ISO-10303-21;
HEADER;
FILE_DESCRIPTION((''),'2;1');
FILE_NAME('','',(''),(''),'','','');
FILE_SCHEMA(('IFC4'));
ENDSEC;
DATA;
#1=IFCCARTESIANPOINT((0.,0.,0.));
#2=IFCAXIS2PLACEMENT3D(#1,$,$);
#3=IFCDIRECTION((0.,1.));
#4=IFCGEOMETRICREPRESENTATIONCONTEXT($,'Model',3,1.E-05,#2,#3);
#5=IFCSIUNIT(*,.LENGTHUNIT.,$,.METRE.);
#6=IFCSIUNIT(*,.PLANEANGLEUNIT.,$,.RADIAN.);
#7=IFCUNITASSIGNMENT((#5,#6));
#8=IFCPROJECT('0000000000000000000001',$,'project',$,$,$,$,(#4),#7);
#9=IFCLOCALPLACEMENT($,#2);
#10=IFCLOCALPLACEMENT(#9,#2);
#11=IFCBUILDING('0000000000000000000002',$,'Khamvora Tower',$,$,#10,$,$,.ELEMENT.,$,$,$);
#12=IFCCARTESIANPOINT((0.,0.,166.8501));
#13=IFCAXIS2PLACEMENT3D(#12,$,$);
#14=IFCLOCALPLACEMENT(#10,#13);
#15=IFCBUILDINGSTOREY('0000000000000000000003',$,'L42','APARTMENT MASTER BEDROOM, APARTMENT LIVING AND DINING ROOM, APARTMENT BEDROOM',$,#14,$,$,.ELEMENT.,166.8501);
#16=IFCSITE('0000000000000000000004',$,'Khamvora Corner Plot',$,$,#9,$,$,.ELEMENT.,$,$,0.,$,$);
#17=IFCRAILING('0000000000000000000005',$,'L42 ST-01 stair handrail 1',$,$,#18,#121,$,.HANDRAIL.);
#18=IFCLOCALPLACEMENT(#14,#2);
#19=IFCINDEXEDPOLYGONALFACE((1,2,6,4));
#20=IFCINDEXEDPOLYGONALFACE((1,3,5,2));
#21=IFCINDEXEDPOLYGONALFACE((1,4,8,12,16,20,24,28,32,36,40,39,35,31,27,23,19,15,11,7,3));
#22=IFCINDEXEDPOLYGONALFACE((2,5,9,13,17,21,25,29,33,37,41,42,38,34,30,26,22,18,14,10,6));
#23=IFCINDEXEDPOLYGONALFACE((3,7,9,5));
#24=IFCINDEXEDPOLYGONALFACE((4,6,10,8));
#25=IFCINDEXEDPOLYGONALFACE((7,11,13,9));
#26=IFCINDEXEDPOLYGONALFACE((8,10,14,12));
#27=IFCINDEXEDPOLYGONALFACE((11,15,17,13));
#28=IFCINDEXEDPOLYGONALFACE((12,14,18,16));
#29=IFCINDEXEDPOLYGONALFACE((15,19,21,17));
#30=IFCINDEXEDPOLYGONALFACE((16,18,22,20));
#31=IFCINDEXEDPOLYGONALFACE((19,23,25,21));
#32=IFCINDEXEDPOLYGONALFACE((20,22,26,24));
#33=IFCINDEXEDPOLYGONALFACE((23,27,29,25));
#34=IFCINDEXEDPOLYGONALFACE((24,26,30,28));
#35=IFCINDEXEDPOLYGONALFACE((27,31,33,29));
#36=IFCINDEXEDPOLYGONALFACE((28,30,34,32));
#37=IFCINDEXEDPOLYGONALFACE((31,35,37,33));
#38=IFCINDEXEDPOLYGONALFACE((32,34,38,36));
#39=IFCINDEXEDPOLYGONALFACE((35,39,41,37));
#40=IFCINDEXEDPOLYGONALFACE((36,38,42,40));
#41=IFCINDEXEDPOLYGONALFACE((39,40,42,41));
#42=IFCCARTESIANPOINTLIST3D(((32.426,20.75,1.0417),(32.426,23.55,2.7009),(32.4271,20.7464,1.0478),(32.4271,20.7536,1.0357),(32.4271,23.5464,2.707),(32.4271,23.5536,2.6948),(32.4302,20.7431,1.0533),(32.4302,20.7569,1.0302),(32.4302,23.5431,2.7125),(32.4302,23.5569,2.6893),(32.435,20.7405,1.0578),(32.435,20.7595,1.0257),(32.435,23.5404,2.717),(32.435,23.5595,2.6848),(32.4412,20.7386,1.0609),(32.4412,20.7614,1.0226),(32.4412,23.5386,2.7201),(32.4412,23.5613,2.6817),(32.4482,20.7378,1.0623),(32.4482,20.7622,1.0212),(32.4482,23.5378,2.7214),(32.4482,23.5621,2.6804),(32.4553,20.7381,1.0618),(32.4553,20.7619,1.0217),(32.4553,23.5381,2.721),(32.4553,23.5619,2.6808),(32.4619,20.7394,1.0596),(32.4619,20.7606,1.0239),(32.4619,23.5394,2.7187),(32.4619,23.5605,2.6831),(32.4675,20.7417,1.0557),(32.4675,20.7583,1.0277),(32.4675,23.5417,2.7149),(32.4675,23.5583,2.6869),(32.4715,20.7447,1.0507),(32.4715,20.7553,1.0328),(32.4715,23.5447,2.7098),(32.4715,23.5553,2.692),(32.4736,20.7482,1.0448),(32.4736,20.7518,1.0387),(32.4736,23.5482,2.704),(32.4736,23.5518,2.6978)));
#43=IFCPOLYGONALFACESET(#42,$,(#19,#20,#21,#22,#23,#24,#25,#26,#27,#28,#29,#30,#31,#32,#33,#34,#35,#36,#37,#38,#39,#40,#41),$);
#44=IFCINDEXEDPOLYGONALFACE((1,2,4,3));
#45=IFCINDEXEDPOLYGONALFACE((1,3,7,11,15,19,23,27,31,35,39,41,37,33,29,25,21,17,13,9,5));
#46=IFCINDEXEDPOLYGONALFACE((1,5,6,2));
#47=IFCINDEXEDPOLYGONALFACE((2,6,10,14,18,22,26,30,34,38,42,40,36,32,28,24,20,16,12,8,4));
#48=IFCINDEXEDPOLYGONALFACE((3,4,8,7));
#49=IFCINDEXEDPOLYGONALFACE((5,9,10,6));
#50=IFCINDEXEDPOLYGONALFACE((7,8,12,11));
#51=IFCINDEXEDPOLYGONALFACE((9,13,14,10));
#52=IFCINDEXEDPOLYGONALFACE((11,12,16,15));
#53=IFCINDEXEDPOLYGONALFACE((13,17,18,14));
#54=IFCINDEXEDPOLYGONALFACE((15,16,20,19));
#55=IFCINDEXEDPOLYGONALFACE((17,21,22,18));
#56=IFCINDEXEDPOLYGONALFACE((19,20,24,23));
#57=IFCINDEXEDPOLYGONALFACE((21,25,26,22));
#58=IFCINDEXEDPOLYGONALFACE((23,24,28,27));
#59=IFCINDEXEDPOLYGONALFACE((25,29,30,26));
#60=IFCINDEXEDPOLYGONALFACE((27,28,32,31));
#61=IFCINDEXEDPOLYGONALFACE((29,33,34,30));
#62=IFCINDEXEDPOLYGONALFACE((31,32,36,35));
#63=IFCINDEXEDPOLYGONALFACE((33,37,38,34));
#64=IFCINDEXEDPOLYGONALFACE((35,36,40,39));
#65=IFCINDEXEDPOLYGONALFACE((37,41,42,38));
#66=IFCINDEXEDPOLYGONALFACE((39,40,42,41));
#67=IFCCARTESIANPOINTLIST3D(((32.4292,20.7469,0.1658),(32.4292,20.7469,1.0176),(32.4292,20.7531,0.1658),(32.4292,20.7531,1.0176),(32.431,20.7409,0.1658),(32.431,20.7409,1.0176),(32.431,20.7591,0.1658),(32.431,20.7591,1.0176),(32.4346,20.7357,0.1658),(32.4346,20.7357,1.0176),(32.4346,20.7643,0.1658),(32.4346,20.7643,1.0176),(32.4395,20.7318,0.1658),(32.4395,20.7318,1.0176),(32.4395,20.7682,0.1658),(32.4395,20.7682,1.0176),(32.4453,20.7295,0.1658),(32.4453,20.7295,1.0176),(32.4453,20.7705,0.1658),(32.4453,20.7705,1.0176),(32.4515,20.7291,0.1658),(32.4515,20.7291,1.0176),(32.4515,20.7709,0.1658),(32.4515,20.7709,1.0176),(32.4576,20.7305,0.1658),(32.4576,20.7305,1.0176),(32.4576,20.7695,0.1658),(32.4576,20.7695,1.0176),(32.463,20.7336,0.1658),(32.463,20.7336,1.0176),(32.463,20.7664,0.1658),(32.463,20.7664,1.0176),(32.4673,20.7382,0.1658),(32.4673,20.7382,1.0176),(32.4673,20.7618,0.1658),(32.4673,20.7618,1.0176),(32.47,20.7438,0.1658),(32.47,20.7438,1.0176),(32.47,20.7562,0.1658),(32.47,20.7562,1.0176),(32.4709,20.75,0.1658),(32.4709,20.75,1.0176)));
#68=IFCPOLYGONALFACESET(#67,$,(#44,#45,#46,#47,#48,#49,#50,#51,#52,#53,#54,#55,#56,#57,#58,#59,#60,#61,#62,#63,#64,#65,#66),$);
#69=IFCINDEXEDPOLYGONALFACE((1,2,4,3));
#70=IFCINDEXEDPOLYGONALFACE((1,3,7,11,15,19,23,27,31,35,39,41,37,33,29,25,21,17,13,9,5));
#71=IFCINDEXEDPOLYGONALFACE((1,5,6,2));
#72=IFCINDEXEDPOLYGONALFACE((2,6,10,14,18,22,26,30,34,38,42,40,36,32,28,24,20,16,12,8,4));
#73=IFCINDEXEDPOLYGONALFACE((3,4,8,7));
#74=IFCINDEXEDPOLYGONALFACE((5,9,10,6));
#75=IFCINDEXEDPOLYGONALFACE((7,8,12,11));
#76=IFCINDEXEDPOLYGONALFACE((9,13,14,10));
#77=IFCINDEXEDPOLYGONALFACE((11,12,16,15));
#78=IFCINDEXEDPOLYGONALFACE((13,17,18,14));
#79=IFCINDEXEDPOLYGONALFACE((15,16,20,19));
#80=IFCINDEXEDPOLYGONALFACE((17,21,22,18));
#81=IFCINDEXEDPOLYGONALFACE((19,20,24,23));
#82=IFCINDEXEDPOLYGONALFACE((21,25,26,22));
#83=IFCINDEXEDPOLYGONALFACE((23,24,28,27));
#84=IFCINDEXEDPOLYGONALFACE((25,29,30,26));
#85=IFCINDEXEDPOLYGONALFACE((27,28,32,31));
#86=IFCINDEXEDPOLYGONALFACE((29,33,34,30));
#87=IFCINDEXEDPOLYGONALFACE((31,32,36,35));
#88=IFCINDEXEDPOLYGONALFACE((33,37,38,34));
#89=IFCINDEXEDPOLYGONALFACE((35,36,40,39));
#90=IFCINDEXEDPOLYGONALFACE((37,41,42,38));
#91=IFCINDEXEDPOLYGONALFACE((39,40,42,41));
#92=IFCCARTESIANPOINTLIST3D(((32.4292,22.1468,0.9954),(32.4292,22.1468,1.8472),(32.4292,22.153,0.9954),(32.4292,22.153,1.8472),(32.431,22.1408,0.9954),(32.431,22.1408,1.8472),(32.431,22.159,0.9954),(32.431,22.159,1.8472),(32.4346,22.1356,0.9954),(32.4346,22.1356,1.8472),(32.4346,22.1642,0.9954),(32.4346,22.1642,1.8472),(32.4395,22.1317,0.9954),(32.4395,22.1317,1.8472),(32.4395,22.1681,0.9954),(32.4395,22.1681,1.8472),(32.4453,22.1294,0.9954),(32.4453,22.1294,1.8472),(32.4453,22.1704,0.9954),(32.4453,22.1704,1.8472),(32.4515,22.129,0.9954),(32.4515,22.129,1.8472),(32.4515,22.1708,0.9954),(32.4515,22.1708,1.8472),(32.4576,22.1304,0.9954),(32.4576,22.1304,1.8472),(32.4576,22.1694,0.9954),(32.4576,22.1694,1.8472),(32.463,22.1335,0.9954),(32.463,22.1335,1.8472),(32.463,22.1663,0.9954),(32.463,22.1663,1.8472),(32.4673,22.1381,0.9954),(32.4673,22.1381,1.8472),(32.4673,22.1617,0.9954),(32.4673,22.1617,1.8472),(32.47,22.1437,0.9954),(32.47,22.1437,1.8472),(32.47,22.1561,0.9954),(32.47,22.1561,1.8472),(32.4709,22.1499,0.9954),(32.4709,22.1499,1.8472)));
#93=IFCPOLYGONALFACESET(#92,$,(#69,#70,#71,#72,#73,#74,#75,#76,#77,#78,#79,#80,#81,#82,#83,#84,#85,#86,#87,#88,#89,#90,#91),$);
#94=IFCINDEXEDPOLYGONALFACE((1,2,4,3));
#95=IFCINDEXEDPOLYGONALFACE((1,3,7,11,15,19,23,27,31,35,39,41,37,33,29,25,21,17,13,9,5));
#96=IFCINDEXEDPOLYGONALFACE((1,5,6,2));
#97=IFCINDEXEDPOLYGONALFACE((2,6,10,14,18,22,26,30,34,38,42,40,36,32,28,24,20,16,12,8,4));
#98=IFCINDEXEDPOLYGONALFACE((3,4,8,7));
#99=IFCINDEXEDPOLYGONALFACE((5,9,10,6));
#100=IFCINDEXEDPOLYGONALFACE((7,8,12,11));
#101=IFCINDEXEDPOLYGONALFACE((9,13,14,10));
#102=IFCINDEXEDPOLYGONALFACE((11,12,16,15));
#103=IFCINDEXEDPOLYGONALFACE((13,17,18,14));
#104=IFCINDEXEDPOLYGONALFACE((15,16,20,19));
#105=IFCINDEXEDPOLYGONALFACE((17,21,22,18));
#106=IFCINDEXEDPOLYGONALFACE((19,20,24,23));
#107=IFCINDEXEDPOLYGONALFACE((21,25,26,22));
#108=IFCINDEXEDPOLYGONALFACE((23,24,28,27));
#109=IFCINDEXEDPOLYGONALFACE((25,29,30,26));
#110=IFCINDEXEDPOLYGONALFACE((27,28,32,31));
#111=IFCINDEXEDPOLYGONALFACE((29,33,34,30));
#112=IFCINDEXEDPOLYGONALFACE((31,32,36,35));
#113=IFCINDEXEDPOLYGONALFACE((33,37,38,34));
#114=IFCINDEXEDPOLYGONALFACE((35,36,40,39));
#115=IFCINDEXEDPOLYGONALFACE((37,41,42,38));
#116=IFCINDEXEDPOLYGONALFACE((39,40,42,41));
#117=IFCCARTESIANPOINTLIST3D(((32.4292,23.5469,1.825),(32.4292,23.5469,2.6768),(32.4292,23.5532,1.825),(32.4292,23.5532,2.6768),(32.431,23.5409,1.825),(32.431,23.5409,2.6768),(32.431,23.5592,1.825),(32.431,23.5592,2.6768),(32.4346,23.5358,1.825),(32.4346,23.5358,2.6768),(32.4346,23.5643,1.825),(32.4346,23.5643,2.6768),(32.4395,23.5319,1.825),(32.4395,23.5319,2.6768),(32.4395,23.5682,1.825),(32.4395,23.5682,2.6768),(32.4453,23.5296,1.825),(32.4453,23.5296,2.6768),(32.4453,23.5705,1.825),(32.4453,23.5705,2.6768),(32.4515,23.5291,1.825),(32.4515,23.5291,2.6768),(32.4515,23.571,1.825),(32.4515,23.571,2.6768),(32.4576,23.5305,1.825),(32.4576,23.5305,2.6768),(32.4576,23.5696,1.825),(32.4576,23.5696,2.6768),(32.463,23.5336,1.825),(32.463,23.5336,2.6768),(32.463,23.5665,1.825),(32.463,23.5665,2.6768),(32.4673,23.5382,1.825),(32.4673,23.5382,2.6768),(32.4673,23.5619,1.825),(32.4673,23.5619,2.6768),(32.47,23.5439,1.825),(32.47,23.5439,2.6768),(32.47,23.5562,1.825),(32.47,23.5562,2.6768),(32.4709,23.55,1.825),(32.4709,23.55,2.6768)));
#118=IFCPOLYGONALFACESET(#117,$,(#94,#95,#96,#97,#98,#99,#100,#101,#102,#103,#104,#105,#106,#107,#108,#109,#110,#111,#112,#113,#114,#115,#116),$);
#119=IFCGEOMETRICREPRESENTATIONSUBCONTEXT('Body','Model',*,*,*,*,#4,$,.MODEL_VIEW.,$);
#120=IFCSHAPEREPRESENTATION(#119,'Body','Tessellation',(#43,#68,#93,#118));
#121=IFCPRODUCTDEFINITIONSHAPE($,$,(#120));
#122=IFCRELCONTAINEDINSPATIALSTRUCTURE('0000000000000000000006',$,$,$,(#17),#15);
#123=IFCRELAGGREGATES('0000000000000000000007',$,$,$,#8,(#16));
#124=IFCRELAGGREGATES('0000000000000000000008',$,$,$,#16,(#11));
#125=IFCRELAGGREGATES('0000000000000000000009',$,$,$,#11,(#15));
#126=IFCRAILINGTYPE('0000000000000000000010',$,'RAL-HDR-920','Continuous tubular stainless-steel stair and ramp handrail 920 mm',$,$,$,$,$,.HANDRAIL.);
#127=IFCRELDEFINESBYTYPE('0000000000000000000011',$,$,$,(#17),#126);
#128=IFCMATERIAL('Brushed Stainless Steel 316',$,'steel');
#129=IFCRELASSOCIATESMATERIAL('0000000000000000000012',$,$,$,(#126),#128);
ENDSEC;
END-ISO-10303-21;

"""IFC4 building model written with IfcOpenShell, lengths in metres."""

from ifc_helpers import new_model, si_unit, direction, frame, origin, origin_2d, place, context, subcontext, project, spatial, circle, extrude, material, type_object, element, save


model = new_model("IFC4")

# Units and contexts
model_context = context("Model", 3, precision=1e-05, world=origin(), true_north=direction((0.0, 1.0)))
body_context = subcontext(model_context, "Body", "Model", "MODEL_VIEW")
ifc_project = project(units=[si_unit("LENGTHUNIT", "METRE"), si_unit("PLANEANGLEUNIT", "RADIAN")], contexts=[model_context])

# Site, building, storey
site_placement = place(None, origin())
site = spatial("IfcSite", under=ifc_project, at=site_placement, Name="Khamvora Corner Plot", CompositionType="ELEMENT", RefElevation=0.0)
building_placement = place(site_placement, origin())
building = spatial("IfcBuilding", under=site, at=building_placement, Name="Khamvora Tower", CompositionType="ELEMENT")
storey_placement = place(building_placement, frame((0.0, 0.0, 166.8501)))
storey = spatial("IfcBuildingStorey", under=building, at=storey_placement, Name="L42", Description="APARTMENT MASTER BEDROOM, APARTMENT LIVING AND DINING ROOM, APARTMENT BEDROOM", CompositionType="ELEMENT", Elevation=166.8501)

# Railing
ifc_material_1 = material(Name="Brushed Stainless Steel 316", Category="steel")
railing_type_1 = type_object("IfcRailingType", Name="RAL-HDR-920", Description="Continuous tubular stainless-steel stair and ramp handrail 920 mm", PredefinedType="HANDRAIL", material=ifc_material_1)
railing_1_placement = place(storey_placement, frame((32.45, 20.75, 0.1658)))
element("IfcRailing", 1, at=railing_1_placement, inside=storey, type_object=railing_type_1, Name="L42 ST-01 stair handrail 1", PredefinedType="HANDRAIL", context=body_context, shape_type="SweptSolid", body=[
    extrude(circle(Radius=0.0239, at=origin_2d()), frame((0.0, 0.0, 0.876), z_axis=(0.0, 0.860306, 0.509778), x_axis=(-1.0, 0.0, 0.0)), (0.0, 0.0, 1.0), 3.2546),
    extrude(circle(Radius=0.021, at=origin_2d()), origin(), (0.0, 0.0, 1.0), 0.8518),
    extrude(circle(Radius=0.021, at=origin_2d()), frame((0.0, 1.3999, 0.8296)), (0.0, 0.0, 1.0), 0.8518),
    extrude(circle(Radius=0.021, at=origin_2d()), frame((0.0, 2.8, 1.6592)), (0.0, 0.0, 1.0), 0.8518),
])

save(model, "model.ifc")
